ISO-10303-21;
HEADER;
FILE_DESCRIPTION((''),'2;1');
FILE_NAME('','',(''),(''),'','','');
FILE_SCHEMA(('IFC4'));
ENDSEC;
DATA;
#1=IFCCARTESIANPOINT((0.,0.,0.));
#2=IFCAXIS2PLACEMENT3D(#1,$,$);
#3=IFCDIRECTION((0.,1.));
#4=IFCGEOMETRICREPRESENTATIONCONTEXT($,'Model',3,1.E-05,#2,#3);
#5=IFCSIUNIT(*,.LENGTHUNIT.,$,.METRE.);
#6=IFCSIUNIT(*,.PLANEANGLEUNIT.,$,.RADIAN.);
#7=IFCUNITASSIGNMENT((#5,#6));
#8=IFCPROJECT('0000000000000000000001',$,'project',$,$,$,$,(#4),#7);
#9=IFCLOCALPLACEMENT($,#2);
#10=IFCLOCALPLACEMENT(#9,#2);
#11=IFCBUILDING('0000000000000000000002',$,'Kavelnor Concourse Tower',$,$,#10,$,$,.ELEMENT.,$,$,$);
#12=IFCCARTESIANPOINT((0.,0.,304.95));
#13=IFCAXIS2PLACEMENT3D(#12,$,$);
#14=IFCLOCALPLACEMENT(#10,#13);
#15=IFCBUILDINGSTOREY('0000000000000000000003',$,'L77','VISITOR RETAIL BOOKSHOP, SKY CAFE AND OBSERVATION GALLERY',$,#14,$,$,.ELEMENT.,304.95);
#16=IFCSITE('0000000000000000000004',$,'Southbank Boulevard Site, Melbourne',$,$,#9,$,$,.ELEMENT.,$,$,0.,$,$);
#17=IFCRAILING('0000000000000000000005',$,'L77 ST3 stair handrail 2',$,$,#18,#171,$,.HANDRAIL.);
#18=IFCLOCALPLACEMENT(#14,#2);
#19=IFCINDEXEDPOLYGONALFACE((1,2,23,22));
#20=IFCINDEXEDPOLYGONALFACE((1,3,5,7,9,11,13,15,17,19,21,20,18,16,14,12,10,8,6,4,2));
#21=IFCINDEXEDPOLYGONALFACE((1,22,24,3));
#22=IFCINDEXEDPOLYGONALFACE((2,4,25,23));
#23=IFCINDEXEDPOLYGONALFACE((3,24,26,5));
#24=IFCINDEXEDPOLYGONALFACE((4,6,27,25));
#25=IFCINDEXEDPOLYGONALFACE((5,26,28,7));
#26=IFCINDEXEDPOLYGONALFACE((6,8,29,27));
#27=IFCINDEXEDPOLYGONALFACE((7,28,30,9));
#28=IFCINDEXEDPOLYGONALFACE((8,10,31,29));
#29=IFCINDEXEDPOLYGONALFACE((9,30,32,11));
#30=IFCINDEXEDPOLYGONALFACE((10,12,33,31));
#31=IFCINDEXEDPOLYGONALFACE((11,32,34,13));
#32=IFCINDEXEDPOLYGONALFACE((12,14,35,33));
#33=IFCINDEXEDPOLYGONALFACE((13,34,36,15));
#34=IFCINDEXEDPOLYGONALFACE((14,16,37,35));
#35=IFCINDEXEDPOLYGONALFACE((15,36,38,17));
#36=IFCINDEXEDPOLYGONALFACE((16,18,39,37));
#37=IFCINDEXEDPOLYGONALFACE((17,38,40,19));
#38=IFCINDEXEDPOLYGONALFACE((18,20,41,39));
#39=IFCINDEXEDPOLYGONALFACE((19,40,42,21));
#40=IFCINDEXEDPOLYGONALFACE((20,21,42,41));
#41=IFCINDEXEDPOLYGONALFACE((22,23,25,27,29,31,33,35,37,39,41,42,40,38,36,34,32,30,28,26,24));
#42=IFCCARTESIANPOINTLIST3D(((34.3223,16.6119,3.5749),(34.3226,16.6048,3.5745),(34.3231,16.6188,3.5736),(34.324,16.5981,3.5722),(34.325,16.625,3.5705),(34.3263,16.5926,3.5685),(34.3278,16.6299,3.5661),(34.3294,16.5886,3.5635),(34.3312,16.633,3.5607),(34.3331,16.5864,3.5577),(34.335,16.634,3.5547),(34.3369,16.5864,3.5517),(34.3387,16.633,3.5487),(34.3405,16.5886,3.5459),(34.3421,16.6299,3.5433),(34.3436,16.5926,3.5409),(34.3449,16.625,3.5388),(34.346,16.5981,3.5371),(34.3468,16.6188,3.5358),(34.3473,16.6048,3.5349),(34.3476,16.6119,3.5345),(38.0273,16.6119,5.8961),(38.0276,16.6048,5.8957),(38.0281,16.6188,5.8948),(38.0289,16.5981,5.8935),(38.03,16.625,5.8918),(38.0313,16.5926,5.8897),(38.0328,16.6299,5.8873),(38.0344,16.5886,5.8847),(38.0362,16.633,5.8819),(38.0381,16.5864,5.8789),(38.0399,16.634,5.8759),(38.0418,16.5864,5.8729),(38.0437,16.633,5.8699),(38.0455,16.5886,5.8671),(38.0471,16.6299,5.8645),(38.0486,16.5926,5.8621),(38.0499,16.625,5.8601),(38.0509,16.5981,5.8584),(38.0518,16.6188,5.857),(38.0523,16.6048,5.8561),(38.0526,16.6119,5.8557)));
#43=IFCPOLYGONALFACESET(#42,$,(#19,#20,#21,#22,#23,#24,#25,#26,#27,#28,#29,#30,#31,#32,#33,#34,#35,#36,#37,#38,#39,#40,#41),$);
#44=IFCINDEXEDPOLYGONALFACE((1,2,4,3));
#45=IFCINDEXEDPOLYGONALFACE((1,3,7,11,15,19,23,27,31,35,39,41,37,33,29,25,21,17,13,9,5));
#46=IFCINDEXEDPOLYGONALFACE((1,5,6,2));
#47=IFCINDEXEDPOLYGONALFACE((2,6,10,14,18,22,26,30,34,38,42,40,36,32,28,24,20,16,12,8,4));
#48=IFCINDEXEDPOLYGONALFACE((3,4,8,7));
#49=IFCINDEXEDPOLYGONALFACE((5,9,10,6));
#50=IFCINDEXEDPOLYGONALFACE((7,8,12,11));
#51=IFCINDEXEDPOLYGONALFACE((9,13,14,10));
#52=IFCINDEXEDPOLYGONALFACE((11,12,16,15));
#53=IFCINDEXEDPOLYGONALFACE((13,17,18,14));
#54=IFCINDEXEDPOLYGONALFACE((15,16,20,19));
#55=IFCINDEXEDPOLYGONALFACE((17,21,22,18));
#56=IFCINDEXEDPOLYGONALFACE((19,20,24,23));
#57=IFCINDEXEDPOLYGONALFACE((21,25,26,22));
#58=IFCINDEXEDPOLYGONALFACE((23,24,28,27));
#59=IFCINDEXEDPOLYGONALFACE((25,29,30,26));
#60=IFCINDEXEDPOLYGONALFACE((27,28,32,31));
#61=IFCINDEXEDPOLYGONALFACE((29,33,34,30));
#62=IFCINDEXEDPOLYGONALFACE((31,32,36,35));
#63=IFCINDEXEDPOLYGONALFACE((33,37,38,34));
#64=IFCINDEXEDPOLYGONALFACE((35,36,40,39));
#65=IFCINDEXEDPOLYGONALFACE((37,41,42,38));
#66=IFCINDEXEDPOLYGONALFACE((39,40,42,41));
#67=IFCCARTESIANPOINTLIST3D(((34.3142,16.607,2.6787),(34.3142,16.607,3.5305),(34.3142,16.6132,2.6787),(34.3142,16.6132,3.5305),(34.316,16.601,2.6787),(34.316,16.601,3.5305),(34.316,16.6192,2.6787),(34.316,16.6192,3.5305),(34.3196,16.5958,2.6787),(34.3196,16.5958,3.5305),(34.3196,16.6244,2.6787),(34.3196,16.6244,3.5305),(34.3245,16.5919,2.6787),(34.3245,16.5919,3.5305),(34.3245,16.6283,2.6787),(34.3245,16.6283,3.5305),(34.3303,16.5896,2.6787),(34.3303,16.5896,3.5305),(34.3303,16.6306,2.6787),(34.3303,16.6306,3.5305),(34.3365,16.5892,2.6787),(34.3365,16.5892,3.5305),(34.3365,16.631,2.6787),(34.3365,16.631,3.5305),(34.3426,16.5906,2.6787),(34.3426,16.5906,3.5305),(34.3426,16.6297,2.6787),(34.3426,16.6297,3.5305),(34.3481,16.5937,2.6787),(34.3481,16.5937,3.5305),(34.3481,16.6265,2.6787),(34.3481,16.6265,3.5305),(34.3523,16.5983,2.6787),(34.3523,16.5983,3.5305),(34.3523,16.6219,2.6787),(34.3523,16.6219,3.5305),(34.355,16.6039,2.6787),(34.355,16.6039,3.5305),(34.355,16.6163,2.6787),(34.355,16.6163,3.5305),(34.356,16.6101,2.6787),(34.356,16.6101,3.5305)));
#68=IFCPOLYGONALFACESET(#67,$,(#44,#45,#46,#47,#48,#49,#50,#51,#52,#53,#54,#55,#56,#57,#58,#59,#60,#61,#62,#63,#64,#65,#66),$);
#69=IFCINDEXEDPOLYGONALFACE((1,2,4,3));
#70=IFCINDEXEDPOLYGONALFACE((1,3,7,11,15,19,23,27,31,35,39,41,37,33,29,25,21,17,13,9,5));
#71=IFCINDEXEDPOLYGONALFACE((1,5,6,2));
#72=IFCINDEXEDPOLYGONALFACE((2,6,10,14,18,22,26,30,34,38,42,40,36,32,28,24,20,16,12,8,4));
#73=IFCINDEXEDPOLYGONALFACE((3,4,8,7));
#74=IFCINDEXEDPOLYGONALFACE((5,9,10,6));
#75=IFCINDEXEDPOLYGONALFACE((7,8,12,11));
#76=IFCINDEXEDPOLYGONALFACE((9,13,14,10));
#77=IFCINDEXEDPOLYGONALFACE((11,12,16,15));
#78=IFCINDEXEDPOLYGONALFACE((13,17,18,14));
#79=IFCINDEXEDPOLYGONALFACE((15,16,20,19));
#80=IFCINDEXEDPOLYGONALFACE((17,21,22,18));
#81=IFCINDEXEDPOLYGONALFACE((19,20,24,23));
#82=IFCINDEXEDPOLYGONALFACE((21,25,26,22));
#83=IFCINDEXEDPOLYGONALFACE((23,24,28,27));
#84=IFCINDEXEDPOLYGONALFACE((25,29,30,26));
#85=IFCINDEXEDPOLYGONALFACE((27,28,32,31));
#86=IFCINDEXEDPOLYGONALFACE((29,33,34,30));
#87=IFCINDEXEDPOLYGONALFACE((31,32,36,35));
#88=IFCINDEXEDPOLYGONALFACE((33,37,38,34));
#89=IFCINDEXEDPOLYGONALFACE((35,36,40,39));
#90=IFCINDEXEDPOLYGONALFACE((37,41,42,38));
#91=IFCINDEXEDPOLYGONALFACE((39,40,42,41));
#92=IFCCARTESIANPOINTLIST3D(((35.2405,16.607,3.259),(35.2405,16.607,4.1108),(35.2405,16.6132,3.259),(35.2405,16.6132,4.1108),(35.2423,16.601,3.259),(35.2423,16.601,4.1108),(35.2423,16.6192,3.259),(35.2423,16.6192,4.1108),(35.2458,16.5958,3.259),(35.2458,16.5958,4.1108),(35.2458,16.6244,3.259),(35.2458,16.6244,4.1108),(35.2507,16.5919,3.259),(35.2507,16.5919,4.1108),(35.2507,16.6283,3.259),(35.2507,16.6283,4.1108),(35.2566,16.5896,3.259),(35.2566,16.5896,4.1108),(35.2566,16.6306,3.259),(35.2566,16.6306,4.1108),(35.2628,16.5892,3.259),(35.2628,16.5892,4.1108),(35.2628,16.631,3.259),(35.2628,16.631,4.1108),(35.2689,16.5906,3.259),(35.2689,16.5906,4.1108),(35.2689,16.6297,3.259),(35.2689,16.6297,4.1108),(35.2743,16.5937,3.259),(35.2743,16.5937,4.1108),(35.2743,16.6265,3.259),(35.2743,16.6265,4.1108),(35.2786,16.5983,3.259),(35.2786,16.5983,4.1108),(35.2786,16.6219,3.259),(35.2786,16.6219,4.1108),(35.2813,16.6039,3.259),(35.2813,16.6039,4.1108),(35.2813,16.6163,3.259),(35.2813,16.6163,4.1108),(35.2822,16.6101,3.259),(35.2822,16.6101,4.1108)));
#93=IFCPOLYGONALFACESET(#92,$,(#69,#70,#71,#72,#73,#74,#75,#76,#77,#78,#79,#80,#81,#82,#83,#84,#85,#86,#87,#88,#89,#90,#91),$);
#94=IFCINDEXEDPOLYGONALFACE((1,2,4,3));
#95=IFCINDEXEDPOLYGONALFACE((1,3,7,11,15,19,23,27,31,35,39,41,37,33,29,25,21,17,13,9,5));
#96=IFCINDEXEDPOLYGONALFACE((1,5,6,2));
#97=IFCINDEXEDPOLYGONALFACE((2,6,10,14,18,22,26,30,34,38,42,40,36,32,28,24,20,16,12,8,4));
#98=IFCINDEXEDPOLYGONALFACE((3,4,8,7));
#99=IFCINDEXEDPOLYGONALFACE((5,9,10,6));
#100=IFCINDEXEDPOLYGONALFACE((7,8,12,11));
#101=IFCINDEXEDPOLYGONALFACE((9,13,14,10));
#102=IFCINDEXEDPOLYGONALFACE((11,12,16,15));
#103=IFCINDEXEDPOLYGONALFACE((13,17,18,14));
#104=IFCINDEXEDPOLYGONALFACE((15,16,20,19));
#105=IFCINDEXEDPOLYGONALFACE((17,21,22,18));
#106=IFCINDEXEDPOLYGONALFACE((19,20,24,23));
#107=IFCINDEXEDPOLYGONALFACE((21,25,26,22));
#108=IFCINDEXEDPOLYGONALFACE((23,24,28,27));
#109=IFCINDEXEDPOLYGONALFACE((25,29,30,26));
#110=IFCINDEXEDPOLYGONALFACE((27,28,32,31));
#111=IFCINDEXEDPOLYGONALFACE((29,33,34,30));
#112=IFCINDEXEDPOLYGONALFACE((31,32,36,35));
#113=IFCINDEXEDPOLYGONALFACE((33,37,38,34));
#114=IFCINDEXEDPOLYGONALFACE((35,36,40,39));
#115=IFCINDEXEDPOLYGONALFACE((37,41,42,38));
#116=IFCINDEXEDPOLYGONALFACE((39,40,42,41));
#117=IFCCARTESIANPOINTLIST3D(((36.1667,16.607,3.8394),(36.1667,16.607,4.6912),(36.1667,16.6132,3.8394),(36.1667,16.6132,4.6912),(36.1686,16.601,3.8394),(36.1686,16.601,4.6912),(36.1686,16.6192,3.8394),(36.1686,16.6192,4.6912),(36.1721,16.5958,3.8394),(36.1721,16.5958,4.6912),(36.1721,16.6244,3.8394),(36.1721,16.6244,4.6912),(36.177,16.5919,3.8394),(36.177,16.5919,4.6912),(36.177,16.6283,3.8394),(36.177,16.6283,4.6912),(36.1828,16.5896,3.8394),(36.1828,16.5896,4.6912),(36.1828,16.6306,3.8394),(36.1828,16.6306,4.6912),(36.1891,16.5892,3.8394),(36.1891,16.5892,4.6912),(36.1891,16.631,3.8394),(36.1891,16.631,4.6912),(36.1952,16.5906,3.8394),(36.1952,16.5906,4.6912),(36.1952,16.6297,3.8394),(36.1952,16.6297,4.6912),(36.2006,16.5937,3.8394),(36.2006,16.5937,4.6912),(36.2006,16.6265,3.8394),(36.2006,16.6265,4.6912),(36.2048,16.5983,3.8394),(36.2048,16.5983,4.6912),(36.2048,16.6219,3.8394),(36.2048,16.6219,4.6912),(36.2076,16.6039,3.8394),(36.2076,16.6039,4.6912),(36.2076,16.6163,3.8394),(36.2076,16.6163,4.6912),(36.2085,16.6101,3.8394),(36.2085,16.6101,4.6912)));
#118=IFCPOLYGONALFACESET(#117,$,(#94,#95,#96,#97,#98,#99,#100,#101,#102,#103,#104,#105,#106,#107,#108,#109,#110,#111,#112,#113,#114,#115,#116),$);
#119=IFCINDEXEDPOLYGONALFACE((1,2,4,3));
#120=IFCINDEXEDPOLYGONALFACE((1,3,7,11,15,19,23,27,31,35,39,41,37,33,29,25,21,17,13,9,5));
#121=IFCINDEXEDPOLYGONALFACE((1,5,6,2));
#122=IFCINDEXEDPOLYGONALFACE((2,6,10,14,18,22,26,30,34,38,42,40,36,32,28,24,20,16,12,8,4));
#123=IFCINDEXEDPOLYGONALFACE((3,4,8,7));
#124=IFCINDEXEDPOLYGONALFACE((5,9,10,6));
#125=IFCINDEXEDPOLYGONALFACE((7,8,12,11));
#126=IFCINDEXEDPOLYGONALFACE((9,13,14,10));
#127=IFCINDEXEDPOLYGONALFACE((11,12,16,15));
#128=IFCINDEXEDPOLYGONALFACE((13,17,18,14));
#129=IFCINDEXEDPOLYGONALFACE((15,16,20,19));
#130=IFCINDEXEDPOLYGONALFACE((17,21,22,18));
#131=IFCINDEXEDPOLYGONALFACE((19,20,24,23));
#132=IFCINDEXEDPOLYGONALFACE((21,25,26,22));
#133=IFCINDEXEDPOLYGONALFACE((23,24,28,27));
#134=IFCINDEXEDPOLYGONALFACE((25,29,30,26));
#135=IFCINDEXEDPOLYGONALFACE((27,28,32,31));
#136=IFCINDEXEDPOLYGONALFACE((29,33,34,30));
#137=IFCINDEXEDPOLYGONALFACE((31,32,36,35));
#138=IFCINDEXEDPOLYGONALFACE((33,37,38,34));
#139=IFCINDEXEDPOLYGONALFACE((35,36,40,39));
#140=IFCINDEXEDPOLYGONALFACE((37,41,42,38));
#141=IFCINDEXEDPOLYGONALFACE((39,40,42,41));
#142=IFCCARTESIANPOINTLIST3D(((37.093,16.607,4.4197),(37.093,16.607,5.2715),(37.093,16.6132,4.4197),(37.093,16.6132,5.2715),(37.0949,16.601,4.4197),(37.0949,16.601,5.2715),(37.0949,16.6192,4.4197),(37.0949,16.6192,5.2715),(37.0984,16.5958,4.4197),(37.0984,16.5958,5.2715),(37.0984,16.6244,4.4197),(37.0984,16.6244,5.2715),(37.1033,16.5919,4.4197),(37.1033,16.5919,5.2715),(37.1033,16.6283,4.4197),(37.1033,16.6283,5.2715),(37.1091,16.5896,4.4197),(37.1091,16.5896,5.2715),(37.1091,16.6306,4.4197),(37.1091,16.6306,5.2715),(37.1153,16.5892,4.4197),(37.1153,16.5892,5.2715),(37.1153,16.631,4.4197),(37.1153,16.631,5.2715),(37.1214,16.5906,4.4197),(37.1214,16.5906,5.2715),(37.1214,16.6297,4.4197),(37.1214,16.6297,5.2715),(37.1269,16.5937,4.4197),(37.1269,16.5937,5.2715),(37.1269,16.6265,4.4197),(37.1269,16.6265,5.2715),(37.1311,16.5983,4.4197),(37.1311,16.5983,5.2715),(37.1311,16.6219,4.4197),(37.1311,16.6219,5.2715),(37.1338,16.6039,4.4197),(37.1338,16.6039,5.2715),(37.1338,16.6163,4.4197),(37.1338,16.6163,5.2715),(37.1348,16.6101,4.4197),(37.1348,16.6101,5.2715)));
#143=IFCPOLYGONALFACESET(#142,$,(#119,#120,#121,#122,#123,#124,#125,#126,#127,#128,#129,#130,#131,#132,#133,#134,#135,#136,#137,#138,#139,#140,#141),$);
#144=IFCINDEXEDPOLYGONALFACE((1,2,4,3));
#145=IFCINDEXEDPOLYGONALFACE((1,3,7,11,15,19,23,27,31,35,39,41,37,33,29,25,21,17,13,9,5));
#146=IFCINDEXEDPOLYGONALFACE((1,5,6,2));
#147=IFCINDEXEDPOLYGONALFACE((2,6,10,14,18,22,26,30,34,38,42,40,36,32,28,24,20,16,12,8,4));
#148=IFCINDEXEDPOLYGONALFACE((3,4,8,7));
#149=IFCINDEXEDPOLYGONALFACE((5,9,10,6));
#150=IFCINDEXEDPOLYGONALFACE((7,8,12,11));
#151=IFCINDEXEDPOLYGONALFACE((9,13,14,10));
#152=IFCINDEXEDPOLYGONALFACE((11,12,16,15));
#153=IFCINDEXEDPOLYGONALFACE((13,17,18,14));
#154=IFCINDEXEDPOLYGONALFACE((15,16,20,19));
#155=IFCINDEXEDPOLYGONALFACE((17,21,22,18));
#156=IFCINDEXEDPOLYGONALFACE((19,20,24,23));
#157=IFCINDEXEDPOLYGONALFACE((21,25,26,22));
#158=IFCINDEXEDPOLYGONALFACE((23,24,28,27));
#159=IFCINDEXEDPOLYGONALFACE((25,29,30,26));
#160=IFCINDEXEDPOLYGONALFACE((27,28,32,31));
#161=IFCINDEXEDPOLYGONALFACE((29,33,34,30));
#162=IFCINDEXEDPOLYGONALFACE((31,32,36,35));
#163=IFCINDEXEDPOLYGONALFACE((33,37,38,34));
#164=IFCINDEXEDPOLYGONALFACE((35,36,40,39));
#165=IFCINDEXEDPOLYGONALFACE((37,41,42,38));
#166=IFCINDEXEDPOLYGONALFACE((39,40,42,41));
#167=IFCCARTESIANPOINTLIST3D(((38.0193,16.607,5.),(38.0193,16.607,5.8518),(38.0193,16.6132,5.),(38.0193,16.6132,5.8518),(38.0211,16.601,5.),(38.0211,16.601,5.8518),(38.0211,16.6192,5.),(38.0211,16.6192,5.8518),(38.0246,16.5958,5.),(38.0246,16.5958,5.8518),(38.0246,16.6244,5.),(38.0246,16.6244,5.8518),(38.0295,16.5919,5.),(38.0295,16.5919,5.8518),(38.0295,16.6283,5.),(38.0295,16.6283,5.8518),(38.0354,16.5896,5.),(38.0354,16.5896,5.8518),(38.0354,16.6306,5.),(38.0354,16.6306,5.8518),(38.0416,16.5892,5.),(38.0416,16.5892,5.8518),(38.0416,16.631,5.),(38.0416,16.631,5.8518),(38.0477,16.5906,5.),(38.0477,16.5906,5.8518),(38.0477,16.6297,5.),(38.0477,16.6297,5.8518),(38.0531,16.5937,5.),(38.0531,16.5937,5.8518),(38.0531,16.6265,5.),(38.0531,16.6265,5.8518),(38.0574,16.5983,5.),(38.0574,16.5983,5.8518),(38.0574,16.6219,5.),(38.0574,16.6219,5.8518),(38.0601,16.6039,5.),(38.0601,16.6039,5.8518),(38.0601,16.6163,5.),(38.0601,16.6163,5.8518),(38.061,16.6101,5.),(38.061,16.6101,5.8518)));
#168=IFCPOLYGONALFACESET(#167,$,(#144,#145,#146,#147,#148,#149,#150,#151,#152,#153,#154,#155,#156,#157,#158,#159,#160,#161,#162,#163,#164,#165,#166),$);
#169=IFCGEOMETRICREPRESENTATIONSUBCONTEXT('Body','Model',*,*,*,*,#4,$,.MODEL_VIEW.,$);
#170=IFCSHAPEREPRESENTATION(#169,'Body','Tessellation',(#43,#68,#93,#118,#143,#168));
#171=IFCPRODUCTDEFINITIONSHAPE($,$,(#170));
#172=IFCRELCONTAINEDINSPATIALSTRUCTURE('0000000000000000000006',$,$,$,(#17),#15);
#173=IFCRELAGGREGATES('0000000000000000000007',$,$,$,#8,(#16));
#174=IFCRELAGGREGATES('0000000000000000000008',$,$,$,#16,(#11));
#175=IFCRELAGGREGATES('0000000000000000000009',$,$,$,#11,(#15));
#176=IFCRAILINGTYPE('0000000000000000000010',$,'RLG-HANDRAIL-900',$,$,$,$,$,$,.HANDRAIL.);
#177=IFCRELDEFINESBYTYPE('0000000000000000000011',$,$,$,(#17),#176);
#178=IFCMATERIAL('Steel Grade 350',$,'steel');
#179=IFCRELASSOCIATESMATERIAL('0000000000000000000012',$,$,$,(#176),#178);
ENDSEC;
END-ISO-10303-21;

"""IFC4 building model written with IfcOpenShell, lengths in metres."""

from ifc_helpers import new_model, si_unit, direction, frame, origin, origin_2d, place, context, subcontext, project, spatial, circle, extrude, material, type_object, element, save


model = new_model("IFC4")

# Units and contexts
model_context = context("Model", 3, precision=1e-05, world=origin(), true_north=direction((0.0, 1.0)))
body_context = subcontext(model_context, "Body", "Model", "MODEL_VIEW")
ifc_project = project(units=[si_unit("LENGTHUNIT", "METRE"), si_unit("PLANEANGLEUNIT", "RADIAN")], contexts=[model_context])

# Site, building, storey
site_placement = place(None, origin())
site = spatial("IfcSite", under=ifc_project, at=site_placement, Name="Southbank Boulevard Site, Melbourne", CompositionType="ELEMENT", RefElevation=0.0)
building_placement = place(site_placement, origin())
building = spatial("IfcBuilding", under=site, at=building_placement, Name="Kavelnor Concourse Tower", CompositionType="ELEMENT")
storey_placement = place(building_placement, frame((0.0, 0.0, 304.95)))
storey = spatial("IfcBuildingStorey", under=building, at=storey_placement, Name="L77", Description="VISITOR RETAIL BOOKSHOP, SKY CAFE AND OBSERVATION GALLERY", CompositionType="ELEMENT", Elevation=304.95)

# Shared definitions
ifc_material_1 = material(Name="Steel Grade 350", Category="steel")

# Railing
railing_type_1 = type_object("IfcRailingType", Name="RLG-HANDRAIL-900", PredefinedType="HANDRAIL", material=ifc_material_1)
railing_1_placement = place(storey_placement, frame((34.335, 16.6101, 2.6787)))
element("IfcRailing", 1, at=railing_1_placement, inside=storey, type_object=railing_type_1, Name="L77 ST3 stair handrail 2", PredefinedType="HANDRAIL", context=body_context, shape_type="SweptSolid", body=[
    extrude(circle(Radius=0.0239, at=origin_2d()), frame((0.0, 0.0, 0.876), z_axis=(0.847421, 0.0, 0.530922), x_axis=(0.0, 1.0, 0.0)), (0.0, 0.0, 1.0), 4.3721),
    extrude(circle(Radius=0.021, at=origin_2d()), origin(), (0.0, 0.0, 1.0), 0.8518),
    extrude(circle(Radius=0.021, at=origin_2d()), frame((0.9263, 0.0, 0.5803)), (0.0, 0.0, 1.0), 0.8518),
    extrude(circle(Radius=0.021, at=origin_2d()), frame((1.8525, 0.0, 1.1606)), (0.0, 0.0, 1.0), 0.8518),
    extrude(circle(Radius=0.021, at=origin_2d()), frame((2.7788, 0.0, 1.741)), (0.0, 0.0, 1.0), 0.8518),
    extrude(circle(Radius=0.021, at=origin_2d()), frame((3.7051, 0.0, 2.3213)), (0.0, 0.0, 1.0), 0.8518),
])

save(model, "model.ifc")
